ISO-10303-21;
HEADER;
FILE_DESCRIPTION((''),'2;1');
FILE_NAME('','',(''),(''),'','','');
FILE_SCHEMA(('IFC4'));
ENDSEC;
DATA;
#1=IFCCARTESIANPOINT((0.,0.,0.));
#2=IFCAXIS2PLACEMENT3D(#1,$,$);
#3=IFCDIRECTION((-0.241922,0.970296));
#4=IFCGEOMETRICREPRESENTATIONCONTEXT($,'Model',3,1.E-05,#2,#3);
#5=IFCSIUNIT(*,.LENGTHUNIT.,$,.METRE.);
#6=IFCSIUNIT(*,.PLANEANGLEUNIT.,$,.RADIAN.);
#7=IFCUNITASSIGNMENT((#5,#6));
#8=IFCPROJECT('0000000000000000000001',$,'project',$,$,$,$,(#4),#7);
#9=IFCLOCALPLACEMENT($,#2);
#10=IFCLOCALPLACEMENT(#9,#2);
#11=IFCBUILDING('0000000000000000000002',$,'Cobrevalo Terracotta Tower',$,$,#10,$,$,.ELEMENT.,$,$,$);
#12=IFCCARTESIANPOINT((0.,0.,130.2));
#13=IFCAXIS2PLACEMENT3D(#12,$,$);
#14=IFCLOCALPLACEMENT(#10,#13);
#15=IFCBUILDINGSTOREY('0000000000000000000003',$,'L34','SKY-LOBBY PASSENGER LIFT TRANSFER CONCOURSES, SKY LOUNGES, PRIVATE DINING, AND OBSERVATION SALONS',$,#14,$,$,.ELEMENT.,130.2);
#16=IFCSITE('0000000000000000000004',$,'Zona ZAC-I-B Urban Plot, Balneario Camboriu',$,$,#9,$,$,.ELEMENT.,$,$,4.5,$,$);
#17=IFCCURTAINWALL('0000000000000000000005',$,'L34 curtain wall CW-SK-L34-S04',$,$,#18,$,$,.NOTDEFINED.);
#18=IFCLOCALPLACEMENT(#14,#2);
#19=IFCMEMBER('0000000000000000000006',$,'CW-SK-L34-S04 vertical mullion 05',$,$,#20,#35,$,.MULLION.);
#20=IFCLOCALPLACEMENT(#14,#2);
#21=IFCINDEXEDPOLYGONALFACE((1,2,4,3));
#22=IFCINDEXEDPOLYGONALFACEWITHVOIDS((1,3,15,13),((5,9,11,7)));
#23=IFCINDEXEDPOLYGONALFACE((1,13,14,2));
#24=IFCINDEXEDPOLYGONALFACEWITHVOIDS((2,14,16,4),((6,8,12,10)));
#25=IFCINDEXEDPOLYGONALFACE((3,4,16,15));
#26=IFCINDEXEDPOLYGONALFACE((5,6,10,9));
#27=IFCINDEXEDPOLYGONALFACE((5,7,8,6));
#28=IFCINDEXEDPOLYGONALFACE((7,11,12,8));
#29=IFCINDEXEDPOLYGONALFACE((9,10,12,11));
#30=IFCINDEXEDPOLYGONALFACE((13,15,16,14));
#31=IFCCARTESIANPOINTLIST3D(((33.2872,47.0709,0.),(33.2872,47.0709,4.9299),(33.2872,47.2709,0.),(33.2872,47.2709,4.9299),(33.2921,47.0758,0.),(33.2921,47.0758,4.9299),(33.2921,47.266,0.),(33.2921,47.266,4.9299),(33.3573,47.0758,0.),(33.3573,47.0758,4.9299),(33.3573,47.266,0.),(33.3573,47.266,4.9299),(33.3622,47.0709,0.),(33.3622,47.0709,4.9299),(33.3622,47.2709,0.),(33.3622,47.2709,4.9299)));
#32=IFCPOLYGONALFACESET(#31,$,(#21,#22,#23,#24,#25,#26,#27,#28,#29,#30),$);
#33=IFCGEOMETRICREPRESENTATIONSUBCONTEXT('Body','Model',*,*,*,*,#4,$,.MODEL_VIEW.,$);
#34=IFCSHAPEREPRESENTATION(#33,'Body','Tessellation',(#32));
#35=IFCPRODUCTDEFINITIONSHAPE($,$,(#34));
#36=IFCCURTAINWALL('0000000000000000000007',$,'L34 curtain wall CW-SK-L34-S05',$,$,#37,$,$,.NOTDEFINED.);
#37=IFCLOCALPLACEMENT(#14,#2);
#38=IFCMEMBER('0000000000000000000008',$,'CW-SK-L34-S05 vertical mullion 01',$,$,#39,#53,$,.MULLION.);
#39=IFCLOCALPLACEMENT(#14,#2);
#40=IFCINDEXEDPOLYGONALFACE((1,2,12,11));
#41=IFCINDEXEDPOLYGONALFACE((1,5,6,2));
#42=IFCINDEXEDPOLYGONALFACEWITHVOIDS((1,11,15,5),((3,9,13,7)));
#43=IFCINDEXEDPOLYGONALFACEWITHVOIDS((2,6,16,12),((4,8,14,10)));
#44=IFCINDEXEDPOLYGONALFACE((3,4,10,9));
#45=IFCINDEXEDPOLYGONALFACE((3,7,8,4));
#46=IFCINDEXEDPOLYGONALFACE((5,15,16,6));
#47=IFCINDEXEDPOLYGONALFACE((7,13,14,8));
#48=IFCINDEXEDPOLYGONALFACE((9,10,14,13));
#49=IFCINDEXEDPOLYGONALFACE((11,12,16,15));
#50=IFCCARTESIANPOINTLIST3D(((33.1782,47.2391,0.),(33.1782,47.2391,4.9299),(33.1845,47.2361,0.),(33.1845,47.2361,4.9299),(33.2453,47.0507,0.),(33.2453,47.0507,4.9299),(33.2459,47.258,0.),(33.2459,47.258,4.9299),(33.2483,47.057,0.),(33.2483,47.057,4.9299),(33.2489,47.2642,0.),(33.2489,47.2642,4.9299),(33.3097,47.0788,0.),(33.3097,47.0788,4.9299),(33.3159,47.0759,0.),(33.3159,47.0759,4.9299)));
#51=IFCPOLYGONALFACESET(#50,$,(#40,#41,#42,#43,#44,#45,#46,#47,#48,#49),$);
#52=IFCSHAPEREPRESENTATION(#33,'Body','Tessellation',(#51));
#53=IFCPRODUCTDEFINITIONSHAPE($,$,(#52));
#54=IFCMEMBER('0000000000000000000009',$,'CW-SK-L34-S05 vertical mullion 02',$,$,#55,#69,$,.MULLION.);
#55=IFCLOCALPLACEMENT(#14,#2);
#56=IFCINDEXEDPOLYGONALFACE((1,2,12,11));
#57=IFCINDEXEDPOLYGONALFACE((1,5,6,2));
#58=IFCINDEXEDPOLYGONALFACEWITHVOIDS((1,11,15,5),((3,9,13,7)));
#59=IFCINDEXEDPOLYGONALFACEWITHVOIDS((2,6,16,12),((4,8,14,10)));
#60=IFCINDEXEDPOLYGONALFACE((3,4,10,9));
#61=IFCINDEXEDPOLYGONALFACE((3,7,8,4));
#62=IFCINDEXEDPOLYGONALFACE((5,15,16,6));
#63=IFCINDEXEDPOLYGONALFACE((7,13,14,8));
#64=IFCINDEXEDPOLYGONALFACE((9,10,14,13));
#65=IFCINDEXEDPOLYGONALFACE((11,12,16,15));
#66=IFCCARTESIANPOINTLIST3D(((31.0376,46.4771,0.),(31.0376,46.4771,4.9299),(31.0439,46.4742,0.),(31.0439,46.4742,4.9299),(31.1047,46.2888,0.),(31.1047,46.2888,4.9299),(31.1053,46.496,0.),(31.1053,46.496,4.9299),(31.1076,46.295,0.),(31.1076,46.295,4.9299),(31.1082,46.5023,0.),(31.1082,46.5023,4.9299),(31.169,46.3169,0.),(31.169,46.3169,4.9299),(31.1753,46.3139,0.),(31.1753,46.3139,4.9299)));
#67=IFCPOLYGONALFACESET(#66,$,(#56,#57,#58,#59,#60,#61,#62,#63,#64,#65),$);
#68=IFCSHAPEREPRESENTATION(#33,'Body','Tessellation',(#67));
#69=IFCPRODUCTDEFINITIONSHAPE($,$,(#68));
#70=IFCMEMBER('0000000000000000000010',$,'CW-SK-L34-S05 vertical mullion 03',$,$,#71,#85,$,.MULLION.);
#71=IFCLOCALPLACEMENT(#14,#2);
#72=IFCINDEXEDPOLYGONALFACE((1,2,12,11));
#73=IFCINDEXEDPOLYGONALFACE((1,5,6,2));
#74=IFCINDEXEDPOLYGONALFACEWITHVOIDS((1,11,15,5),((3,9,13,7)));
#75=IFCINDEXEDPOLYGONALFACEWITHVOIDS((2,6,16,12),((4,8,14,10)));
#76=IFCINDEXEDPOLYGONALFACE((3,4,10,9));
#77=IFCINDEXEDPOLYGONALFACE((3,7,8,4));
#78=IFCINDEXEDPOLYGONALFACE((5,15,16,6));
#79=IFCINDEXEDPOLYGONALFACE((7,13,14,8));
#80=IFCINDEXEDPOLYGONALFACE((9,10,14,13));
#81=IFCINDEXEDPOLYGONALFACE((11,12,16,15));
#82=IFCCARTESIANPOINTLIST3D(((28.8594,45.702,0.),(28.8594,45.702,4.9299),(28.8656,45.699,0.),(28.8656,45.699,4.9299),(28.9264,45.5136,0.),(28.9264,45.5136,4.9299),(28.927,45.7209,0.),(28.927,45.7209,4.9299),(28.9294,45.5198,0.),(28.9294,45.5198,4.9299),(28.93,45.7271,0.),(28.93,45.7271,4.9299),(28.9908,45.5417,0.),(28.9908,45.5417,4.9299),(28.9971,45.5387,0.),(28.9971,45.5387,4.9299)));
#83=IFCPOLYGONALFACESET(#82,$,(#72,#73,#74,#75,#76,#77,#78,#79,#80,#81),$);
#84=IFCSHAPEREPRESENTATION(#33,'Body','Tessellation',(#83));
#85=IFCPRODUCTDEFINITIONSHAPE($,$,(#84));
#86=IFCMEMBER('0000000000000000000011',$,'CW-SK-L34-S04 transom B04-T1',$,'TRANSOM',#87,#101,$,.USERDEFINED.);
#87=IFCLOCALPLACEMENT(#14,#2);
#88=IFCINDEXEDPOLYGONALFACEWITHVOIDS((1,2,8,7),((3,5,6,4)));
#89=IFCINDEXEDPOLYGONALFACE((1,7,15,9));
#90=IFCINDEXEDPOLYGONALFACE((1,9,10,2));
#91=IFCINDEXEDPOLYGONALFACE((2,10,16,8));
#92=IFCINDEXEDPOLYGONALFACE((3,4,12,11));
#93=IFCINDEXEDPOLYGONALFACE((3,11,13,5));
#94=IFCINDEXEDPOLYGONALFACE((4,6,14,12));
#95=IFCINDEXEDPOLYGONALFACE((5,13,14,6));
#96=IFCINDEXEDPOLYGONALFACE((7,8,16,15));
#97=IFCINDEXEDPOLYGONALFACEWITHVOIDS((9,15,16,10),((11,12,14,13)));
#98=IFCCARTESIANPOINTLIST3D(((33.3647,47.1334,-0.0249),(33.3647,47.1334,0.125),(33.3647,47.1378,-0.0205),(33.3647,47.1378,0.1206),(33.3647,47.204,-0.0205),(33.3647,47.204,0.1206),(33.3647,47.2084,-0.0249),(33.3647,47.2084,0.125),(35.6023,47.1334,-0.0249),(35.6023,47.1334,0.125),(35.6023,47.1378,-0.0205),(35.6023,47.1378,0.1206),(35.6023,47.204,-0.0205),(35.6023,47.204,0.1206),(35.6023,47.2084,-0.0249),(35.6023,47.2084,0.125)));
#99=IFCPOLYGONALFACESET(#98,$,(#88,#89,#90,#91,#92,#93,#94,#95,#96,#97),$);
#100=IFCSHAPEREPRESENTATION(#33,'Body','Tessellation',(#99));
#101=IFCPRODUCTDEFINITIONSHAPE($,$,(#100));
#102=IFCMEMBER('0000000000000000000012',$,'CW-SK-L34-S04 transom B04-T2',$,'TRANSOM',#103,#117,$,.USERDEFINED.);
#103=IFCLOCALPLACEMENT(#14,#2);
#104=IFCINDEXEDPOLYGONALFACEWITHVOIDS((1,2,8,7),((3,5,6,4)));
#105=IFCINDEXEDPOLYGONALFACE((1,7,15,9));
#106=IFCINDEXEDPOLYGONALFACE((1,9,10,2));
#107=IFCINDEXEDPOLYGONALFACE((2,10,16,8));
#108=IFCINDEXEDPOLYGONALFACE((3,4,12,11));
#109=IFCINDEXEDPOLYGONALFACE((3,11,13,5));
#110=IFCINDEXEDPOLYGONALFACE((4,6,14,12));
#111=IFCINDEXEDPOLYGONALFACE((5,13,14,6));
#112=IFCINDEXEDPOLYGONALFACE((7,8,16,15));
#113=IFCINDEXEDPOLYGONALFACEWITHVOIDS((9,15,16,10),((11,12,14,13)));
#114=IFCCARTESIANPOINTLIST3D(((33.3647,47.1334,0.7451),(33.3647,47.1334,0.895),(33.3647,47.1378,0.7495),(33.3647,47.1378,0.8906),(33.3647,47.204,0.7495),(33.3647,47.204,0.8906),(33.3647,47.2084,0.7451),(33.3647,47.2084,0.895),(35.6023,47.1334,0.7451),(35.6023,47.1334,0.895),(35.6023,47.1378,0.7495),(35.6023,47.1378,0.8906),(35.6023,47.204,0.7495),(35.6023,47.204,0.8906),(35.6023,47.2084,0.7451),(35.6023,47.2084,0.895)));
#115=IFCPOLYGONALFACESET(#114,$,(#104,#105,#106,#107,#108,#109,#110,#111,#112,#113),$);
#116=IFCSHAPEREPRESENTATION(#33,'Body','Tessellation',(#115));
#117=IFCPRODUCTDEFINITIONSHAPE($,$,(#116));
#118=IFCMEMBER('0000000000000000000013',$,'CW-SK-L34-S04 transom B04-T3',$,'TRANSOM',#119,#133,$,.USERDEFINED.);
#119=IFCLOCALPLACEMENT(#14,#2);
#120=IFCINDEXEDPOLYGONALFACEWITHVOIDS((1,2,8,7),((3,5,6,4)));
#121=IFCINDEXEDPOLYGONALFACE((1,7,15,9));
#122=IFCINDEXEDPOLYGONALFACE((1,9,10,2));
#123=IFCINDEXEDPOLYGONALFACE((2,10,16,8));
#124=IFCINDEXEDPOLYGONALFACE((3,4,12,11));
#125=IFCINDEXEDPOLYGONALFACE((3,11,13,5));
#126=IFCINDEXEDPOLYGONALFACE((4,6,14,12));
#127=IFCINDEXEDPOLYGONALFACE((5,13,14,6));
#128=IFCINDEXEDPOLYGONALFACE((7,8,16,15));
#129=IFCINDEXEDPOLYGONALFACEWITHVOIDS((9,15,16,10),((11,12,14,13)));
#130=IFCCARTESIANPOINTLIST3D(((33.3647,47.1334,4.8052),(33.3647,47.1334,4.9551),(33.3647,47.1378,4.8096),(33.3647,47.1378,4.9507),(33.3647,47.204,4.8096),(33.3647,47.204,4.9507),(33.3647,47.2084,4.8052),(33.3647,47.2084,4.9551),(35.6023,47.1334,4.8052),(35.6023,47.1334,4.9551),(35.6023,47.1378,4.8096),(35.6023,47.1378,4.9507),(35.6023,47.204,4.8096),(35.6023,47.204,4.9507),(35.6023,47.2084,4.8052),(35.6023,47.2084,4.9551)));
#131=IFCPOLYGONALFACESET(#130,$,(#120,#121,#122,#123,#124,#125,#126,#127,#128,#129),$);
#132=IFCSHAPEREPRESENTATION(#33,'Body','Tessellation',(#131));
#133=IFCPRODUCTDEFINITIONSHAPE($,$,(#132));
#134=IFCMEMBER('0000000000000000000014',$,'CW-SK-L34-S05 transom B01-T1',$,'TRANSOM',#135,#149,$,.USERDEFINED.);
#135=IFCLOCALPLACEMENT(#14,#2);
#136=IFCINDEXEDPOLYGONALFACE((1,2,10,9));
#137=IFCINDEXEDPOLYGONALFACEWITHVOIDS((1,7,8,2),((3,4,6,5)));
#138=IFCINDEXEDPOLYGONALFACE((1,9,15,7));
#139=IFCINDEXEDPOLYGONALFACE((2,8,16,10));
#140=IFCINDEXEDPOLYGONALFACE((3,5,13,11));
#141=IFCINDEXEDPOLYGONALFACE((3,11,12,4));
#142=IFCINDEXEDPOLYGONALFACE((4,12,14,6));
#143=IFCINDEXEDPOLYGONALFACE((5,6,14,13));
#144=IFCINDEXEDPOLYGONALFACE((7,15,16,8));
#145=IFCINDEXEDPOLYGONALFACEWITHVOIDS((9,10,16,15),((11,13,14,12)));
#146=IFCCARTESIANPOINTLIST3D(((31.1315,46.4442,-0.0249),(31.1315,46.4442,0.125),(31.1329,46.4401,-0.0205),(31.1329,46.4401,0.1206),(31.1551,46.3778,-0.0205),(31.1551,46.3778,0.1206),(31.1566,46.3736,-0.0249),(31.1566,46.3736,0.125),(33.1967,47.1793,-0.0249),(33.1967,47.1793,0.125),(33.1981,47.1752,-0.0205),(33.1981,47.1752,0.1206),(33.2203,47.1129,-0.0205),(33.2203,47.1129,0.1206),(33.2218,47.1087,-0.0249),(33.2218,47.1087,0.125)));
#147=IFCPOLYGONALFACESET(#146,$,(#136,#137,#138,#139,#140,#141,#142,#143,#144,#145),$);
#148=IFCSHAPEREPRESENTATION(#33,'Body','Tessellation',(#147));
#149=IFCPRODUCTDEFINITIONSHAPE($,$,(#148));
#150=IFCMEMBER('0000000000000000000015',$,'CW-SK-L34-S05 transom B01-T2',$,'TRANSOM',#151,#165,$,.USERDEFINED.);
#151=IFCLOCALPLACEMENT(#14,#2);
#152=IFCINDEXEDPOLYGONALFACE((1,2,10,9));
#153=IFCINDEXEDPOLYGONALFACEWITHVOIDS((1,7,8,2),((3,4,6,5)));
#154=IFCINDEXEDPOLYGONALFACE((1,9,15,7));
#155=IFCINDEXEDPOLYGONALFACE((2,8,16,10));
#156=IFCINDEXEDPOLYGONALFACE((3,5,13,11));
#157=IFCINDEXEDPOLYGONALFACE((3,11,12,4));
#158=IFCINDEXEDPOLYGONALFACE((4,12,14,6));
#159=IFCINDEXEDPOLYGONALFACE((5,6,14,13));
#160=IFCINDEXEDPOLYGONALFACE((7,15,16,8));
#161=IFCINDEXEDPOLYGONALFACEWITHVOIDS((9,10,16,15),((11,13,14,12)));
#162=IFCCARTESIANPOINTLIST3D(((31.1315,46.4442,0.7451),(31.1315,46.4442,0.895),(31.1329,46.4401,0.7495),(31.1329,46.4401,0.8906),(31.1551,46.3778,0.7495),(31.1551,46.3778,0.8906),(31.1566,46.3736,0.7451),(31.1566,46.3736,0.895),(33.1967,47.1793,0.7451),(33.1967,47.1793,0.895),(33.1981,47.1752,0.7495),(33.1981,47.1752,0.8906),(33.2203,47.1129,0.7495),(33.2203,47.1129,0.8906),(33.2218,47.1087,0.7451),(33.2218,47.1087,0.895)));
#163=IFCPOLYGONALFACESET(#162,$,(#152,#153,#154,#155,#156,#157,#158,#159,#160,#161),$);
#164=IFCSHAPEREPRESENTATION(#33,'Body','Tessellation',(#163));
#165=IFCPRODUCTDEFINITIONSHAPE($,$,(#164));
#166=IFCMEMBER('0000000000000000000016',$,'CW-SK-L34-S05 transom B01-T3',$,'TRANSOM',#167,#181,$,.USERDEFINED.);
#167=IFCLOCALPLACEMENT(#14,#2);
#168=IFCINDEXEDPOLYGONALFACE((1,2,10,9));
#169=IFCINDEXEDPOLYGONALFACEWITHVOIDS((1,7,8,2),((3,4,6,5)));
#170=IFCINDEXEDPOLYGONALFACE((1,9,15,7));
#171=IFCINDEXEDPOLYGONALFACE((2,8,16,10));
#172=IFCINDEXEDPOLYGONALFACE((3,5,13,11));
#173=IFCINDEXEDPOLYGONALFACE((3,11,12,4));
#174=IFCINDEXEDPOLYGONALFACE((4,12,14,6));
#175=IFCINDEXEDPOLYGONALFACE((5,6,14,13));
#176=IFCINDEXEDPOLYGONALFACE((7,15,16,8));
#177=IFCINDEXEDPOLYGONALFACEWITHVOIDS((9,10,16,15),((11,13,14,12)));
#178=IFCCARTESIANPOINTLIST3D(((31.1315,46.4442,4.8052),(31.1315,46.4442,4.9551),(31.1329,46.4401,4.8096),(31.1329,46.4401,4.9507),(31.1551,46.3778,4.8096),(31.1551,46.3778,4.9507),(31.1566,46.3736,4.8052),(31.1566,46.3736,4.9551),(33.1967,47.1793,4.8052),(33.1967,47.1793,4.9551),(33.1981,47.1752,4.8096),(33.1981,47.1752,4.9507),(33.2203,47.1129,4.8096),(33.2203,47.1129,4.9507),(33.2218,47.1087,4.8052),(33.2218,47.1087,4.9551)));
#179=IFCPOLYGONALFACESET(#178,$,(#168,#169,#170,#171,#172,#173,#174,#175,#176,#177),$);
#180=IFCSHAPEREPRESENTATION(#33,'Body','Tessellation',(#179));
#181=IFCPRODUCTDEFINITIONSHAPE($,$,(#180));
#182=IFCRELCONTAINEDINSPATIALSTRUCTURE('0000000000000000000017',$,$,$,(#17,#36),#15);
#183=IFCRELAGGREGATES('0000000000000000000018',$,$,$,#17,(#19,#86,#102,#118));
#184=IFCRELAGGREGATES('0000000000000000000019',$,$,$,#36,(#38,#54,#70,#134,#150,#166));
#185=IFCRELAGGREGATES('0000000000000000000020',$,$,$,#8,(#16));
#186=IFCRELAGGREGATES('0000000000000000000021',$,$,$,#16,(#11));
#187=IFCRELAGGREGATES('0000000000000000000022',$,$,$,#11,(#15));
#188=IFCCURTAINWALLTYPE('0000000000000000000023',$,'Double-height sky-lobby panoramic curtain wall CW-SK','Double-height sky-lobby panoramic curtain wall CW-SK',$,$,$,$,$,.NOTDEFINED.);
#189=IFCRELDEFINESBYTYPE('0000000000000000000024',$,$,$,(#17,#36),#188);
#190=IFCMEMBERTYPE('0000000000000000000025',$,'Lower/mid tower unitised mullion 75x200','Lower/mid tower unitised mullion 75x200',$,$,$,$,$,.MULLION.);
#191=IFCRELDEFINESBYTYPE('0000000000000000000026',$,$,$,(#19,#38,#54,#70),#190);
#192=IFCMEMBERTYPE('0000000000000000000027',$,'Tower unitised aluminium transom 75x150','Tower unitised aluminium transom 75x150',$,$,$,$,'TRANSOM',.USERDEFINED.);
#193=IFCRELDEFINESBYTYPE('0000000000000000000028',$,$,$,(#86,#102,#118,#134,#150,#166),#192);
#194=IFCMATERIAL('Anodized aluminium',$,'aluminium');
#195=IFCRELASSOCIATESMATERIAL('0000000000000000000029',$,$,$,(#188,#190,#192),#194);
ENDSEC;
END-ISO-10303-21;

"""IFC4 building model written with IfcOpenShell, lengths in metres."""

from ifc_helpers import new_model, si_unit, direction, frame, origin, origin_2d, place, context, subcontext, project, spatial, hollow_rectangle, extrude, source, transform, mapped, material, material_profile, profile_set, type_object, element, aggregate, save


model = new_model("IFC4")

# Units and contexts
model_context = context("Model", 3, precision=1e-05, world=origin(), true_north=direction((-0.241922, 0.970296)))
body_context = subcontext(model_context, "Body", "Model", "MODEL_VIEW")
ifc_project = project(units=[si_unit("LENGTHUNIT", "METRE"), si_unit("PLANEANGLEUNIT", "RADIAN")], contexts=[model_context])

# Site, building, storey
site_placement = place(None, origin())
site = spatial("IfcSite", under=ifc_project, at=site_placement, Name="Zona ZAC-I-B Urban Plot, Balneario Camboriu", CompositionType="ELEMENT", RefElevation=4.5)
building_placement = place(site_placement, origin())
building = spatial("IfcBuilding", under=site, at=building_placement, Name="Cobrevalo Terracotta Tower", CompositionType="ELEMENT")
storey_placement = place(building_placement, frame((0.0, 0.0, 130.2)))
storey = spatial("IfcBuildingStorey", under=building, at=storey_placement, Name="L34", Description="SKY-LOBBY PASSENGER LIFT TRANSFER CONCOURSES, SKY LOUNGES, PRIVATE DINING, AND OBSERVATION SALONS", CompositionType="ELEMENT", Elevation=130.2)

# Curtain walls, members
ifc_material_1 = material(Name="Anodized aluminium", Category="aluminium")
curtain_wall_type = type_object("IfcCurtainWallType", Name="Double-height sky-lobby panoramic curtain wall CW-SK", Description="Double-height sky-lobby panoramic curtain wall CW-SK", PredefinedType="NOTDEFINED", material=ifc_material_1)
curtain_wall_1_placement = place(storey_placement, origin())
curtain_wall_1 = element("IfcCurtainWall", 1, at=curtain_wall_1_placement, inside=storey, type_object=curtain_wall_type, Name="L34 curtain wall CW-SK-L34-S04", PredefinedType="NOTDEFINED")
ifc_material_profile_1 = material_profile(ifc_material_1, hollow_rectangle(XDim=0.075, YDim=0.2, WallThickness=0.0049, at=origin_2d()), Name="CWM 75x200")
ifc_profile_set_1 = profile_set([ifc_material_profile_1], Name="Anodized aluminium")
member_type_1 = type_object("IfcMemberType", Name="Lower/mid tower unitised mullion 75x200", Description="Lower/mid tower unitised mullion 75x200", PredefinedType="MULLION", material=ifc_profile_set_1)
shared_shape_1 = source(origin(), body_context, "Body", "SweptSolid", [
    extrude(hollow_rectangle(XDim=0.075, YDim=0.2, WallThickness=0.0049, at=origin_2d()), origin(), (0.0, 0.0, 1.0), 4.9299),
])
member_1_placement = place(storey_placement, frame((33.3247, 47.1709, 0.0), z_axis=(0.0, 0.0, 1.0), x_axis=(-1.0, 0.0, 0.0)))
member_1 = element("IfcMember", 2, at=member_1_placement, type_object=member_type_1, Name="CW-SK-L34-S04 vertical mullion 05", PredefinedType="MULLION", context=body_context, shape_type="MappedRepresentation", body=[
    mapped(shared_shape_1, transform((0.0, 0.0, 0.0), scale=1.0)),
])
curtain_wall_2_placement = place(storey_placement, origin())
curtain_wall_2 = element("IfcCurtainWall", 3, at=curtain_wall_2_placement, inside=storey, type_object=curtain_wall_type, Name="L34 curtain wall CW-SK-L34-S05", PredefinedType="NOTDEFINED")
member_2_placement = place(storey_placement, frame((33.2471, 47.1575, 0.0), z_axis=(0.0, 0.0, 1.0), x_axis=(-0.942098, -0.335336, 0.0)))
member_2 = element("IfcMember", 4, at=member_2_placement, type_object=member_type_1, Name="CW-SK-L34-S05 vertical mullion 01", PredefinedType="MULLION", context=body_context, shape_type="MappedRepresentation", body=[
    mapped(shared_shape_1, transform((0.0, 0.0, 0.0), scale=1.0)),
])
member_3_placement = place(storey_placement, frame((31.1064, 46.3955, 0.0), z_axis=(0.0, 0.0, 1.0), x_axis=(-0.942098, -0.335336, 0.0)))
member_3 = element("IfcMember", 5, at=member_3_placement, type_object=member_type_1, Name="CW-SK-L34-S05 vertical mullion 02", PredefinedType="MULLION", context=body_context, shape_type="MappedRepresentation", body=[
    mapped(shared_shape_1, transform((0.0, 0.0, 0.0), scale=1.0)),
])
member_4_placement = place(storey_placement, frame((28.9282, 45.6204, 0.0), z_axis=(0.0, 0.0, 1.0), x_axis=(-0.942098, -0.335336, 0.0)))
member_4 = element("IfcMember", 6, at=member_4_placement, type_object=member_type_1, Name="CW-SK-L34-S05 vertical mullion 03", PredefinedType="MULLION", context=body_context, shape_type="MappedRepresentation", body=[
    mapped(shared_shape_1, transform((0.0, 0.0, 0.0), scale=1.0)),
])

# Members
ifc_material_profile_2 = material_profile(ifc_material_1, hollow_rectangle(XDim=0.075, YDim=0.1499, WallThickness=0.0044, at=origin_2d()), Name="CWT 75x150")
ifc_profile_set_2 = profile_set([ifc_material_profile_2], Name="Anodized aluminium")
member_type_2 = type_object("IfcMemberType", Name="Tower unitised aluminium transom 75x150", Description="Tower unitised aluminium transom 75x150", ElementType="TRANSOM", PredefinedType="USERDEFINED", material=ifc_profile_set_2)
shared_shape_2 = source(origin(), body_context, "Body", "SweptSolid", [
    extrude(hollow_rectangle(XDim=0.075, YDim=0.1499, WallThickness=0.0044, at=origin_2d()), origin(), (0.0, 0.0, 1.0), 2.2375),
])
member_5_placement = place(storey_placement, frame((35.6023, 47.1709, 0.05), z_axis=(-1.0, 0.0, 0.0), x_axis=(0.0, -1.0, 0.0)))
member_5 = element("IfcMember", 7, at=member_5_placement, type_object=member_type_2, Name="CW-SK-L34-S04 transom B04-T1", ObjectType="TRANSOM", PredefinedType="USERDEFINED", context=body_context, shape_type="MappedRepresentation", body=[
    mapped(shared_shape_2, transform((0.0, 0.0, 0.0), scale=1.0)),
])
member_6_placement = place(storey_placement, frame((35.6023, 47.1709, 0.8201), z_axis=(-1.0, 0.0, 0.0), x_axis=(0.0, -1.0, 0.0)))
member_6 = element("IfcMember", 8, at=member_6_placement, type_object=member_type_2, Name="CW-SK-L34-S04 transom B04-T2", ObjectType="TRANSOM", PredefinedType="USERDEFINED", context=body_context, shape_type="MappedRepresentation", body=[
    mapped(shared_shape_2, transform((0.0, 0.0, 0.0), scale=1.0)),
])
member_7_placement = place(storey_placement, frame((35.6023, 47.1709, 4.8801), z_axis=(-1.0, 0.0, 0.0), x_axis=(0.0, -1.0, 0.0)))
member_7 = element("IfcMember", 9, at=member_7_placement, type_object=member_type_2, Name="CW-SK-L34-S04 transom B04-T3", ObjectType="TRANSOM", PredefinedType="USERDEFINED", context=body_context, shape_type="MappedRepresentation", body=[
    mapped(shared_shape_2, transform((0.0, 0.0, 0.0), scale=1.0)),
])
shared_shape_3 = source(origin(), body_context, "Body", "SweptSolid", [
    extrude(hollow_rectangle(XDim=0.075, YDim=0.1499, WallThickness=0.0044, at=origin_2d()), origin(), (0.0, 0.0, 1.0), 2.1921),
])
member_8_placement = place(storey_placement, frame((33.2092, 47.144, 0.05), z_axis=(-0.942097, -0.335341, 0.0), x_axis=(0.335341, -0.942097, 0.0)))
member_8 = element("IfcMember", 10, at=member_8_placement, type_object=member_type_2, Name="CW-SK-L34-S05 transom B01-T1", ObjectType="TRANSOM", PredefinedType="USERDEFINED", context=body_context, shape_type="MappedRepresentation", body=[
    mapped(shared_shape_3, transform((0.0, 0.0, 0.0), scale=1.0)),
])
member_9_placement = place(storey_placement, frame((33.2092, 47.144, 0.8201), z_axis=(-0.942097, -0.335341, 0.0), x_axis=(0.335341, -0.942097, 0.0)))
member_9 = element("IfcMember", 11, at=member_9_placement, type_object=member_type_2, Name="CW-SK-L34-S05 transom B01-T2", ObjectType="TRANSOM", PredefinedType="USERDEFINED", context=body_context, shape_type="MappedRepresentation", body=[
    mapped(shared_shape_3, transform((0.0, 0.0, 0.0), scale=1.0)),
])
member_10_placement = place(storey_placement, frame((33.2092, 47.144, 4.8801), z_axis=(-0.942097, -0.335341, 0.0), x_axis=(0.335341, -0.942097, 0.0)))
member_10 = element("IfcMember", 12, at=member_10_placement, type_object=member_type_2, Name="CW-SK-L34-S05 transom B01-T3", ObjectType="TRANSOM", PredefinedType="USERDEFINED", context=body_context, shape_type="MappedRepresentation", body=[
    mapped(shared_shape_3, transform((0.0, 0.0, 0.0), scale=1.0)),
])

aggregate(curtain_wall_1, [member_1, member_5, member_6, member_7])
aggregate(curtain_wall_2, [member_2, member_3, member_4, member_8, member_9, member_10])

save(model, "model.ifc")
